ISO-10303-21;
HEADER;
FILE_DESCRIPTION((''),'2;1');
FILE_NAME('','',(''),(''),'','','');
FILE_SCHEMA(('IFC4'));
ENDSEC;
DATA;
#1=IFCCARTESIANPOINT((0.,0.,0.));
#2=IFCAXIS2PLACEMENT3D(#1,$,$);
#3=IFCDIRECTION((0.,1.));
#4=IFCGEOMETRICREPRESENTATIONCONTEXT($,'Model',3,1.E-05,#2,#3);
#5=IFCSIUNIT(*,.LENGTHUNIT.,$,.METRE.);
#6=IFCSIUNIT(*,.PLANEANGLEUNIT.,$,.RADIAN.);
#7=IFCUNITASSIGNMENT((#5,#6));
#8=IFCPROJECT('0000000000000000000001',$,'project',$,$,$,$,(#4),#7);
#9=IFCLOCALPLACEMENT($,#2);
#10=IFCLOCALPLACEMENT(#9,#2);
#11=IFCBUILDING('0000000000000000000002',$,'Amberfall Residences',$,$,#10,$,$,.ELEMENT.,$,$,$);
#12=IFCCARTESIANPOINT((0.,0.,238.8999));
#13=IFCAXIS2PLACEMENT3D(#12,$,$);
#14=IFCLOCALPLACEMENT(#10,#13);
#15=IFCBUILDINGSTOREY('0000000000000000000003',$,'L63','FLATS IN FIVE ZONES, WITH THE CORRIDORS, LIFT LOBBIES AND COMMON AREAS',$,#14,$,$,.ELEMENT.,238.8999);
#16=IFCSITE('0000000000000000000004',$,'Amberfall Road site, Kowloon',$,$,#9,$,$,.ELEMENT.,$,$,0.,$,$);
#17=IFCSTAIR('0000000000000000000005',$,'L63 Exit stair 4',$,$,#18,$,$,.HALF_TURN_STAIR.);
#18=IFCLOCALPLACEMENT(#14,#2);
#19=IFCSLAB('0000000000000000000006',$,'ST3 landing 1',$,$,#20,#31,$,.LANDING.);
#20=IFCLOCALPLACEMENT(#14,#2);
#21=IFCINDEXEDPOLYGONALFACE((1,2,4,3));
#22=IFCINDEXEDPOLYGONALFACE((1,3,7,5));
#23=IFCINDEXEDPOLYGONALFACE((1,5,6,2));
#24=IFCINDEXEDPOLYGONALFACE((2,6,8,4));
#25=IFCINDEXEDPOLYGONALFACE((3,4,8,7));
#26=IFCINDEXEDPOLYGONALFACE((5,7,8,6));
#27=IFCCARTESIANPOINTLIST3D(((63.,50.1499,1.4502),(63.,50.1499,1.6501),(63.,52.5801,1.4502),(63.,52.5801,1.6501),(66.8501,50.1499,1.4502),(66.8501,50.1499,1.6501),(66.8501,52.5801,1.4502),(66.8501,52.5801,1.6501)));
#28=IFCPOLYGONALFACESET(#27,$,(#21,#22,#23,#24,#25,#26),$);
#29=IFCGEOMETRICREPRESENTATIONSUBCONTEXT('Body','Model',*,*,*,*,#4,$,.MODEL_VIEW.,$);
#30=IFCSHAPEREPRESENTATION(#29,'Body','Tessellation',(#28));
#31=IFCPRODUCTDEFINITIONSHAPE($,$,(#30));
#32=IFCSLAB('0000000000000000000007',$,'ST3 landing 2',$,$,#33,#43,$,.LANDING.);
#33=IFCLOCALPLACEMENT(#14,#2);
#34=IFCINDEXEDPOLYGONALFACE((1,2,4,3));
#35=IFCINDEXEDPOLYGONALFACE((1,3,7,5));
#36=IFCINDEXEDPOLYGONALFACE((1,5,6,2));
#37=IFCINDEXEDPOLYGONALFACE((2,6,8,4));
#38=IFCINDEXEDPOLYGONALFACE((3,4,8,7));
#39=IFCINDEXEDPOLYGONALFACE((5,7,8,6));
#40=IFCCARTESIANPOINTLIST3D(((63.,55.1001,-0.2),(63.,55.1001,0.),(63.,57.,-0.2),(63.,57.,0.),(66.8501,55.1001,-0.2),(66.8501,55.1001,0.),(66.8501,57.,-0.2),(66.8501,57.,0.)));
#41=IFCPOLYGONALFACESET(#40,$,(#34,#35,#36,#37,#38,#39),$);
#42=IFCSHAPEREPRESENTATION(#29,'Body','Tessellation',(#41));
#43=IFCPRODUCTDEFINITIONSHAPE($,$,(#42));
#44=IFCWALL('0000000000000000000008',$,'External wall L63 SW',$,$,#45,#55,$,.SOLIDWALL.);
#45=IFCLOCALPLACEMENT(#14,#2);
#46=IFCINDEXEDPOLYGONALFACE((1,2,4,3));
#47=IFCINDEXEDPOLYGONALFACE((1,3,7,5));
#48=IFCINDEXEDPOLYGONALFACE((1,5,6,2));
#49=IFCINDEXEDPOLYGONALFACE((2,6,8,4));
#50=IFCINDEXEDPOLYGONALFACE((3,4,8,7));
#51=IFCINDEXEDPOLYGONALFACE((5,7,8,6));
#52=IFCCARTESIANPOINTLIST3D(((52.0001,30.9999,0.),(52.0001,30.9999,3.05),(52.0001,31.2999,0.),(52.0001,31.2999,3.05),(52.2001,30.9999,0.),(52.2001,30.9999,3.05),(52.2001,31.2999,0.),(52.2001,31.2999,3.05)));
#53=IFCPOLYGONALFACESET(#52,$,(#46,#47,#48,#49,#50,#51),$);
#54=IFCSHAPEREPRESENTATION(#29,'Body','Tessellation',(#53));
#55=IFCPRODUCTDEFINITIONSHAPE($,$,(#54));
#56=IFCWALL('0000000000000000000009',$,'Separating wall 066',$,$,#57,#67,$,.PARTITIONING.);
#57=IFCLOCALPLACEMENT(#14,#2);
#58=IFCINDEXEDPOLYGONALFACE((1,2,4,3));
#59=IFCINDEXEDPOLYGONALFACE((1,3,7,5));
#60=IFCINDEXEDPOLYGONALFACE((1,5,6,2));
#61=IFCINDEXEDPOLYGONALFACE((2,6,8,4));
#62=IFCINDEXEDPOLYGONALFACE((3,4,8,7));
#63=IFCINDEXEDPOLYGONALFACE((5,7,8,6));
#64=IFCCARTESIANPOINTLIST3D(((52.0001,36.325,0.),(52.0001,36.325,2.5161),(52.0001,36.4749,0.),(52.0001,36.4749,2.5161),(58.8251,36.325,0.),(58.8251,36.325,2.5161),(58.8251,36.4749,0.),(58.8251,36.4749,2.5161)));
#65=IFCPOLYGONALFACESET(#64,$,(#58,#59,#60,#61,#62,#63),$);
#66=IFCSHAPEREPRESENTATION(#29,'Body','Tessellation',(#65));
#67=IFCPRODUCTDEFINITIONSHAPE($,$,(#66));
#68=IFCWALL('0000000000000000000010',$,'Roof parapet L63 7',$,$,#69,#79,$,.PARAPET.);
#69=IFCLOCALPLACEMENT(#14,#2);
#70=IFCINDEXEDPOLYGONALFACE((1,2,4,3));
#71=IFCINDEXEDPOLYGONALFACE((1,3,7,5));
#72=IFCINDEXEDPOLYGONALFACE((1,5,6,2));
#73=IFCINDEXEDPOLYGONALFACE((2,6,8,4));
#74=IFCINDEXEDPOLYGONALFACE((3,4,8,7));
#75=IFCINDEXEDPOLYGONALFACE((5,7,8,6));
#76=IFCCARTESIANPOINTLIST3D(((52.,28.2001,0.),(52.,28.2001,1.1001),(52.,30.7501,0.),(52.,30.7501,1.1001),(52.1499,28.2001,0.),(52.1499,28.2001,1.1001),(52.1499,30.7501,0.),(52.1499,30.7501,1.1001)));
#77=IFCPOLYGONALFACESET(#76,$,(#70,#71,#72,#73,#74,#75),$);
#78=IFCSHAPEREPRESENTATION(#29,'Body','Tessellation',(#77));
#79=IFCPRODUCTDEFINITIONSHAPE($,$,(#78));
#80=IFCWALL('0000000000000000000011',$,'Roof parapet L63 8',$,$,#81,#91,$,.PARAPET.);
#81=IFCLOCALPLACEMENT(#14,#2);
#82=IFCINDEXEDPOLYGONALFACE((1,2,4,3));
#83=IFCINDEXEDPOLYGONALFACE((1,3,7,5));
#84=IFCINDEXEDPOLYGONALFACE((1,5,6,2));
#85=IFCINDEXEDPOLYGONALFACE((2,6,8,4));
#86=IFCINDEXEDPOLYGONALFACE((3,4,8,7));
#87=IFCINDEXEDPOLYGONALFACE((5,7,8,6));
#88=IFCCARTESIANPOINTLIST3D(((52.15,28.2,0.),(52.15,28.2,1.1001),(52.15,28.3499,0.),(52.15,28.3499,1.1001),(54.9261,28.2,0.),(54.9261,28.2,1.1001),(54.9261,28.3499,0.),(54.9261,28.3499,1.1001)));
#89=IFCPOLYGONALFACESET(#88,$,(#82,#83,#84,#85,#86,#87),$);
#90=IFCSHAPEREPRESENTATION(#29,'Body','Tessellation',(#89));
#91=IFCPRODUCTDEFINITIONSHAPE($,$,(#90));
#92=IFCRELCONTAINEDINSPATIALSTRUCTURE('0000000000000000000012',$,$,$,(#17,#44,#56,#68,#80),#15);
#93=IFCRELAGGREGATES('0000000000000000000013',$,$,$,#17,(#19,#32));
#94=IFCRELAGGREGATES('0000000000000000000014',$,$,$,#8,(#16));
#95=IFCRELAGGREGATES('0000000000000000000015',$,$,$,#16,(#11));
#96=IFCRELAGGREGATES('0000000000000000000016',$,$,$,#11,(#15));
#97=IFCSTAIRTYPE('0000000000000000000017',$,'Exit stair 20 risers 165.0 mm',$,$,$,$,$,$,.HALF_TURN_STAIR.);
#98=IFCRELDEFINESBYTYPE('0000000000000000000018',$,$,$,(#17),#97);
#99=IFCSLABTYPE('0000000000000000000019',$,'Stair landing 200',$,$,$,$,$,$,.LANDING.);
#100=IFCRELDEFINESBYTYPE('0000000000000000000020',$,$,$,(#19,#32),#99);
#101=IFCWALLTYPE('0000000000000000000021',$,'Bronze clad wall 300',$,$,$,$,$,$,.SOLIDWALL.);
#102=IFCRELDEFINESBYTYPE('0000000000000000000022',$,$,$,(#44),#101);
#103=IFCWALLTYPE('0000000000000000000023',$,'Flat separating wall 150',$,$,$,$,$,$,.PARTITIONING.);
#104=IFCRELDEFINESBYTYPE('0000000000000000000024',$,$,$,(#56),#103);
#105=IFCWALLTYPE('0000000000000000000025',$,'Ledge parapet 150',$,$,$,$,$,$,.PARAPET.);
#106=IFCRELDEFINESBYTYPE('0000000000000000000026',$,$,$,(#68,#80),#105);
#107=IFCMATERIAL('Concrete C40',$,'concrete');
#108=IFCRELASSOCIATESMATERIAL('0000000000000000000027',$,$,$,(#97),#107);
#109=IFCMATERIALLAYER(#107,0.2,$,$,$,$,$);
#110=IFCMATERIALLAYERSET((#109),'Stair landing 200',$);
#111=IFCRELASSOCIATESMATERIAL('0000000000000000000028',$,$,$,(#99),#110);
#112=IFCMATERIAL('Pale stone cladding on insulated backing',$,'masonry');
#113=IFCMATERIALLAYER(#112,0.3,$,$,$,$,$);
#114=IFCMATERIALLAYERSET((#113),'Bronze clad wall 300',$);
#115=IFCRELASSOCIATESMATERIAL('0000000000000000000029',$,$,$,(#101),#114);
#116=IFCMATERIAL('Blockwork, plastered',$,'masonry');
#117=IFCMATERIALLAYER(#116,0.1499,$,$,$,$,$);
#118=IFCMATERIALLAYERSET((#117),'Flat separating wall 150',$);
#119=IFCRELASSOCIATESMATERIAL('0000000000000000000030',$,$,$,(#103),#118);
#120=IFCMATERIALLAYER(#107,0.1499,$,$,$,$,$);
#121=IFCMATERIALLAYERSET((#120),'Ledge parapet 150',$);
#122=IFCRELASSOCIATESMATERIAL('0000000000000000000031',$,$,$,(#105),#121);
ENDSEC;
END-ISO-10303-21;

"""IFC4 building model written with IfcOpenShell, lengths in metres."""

from ifc_helpers import new_model, si_unit, direction, frame, frame_2d, origin, place, context, subcontext, project, spatial, polyline, rectangle, outline, extrude, material, layer, layer_set, type_object, element, aggregate, save


model = new_model("IFC4")

# Units and contexts
model_context = context("Model", 3, precision=1e-05, world=origin(), true_north=direction((0.0, 1.0)))
body_context = subcontext(model_context, "Body", "Model", "MODEL_VIEW")
ifc_project = project(units=[si_unit("LENGTHUNIT", "METRE"), si_unit("PLANEANGLEUNIT", "RADIAN")], contexts=[model_context])

# Site, building, storey
site_placement = place(None, origin())
site = spatial("IfcSite", under=ifc_project, at=site_placement, Name="Amberfall Road site, Kowloon", CompositionType="ELEMENT", RefElevation=0.0)
building_placement = place(site_placement, origin())
building = spatial("IfcBuilding", under=site, at=building_placement, Name="Amberfall Residences", CompositionType="ELEMENT")
storey_placement = place(building_placement, frame((0.0, 0.0, 238.8999)))
storey = spatial("IfcBuildingStorey", under=building, at=storey_placement, Name="L63", Description="FLATS IN FIVE ZONES, WITH THE CORRIDORS, LIFT LOBBIES AND COMMON AREAS", CompositionType="ELEMENT", Elevation=238.8999)

# Stair, slabs
ifc_material_1 = material(Name="Concrete C40", Category="concrete")
stair_type = type_object("IfcStairType", Name="Exit stair 20 risers 165.0 mm", PredefinedType="HALF_TURN_STAIR", material=ifc_material_1)
ifc_layer_1 = layer(ifc_material_1, 0.2)
ifc_layer_set_1 = layer_set([ifc_layer_1], Name="Stair landing 200")
slab_type_1 = type_object("IfcSlabType", Name="Stair landing 200", PredefinedType="LANDING", material=ifc_layer_set_1)
stair_1_placement = place(storey_placement, origin())
stair_1 = element("IfcStair", 1, at=stair_1_placement, inside=storey, type_object=stair_type, Name="L63 Exit stair 4", PredefinedType="HALF_TURN_STAIR")
slab_1_placement = place(storey_placement, frame((0.0, 0.0, 1.4502)))
slab_1 = element("IfcSlab", 2, at=slab_1_placement, type_object=slab_type_1, Name="ST3 landing 1", PredefinedType="LANDING", context=body_context, shape_type="SweptSolid", body=[
    extrude(outline(polyline([(63.0, 52.5801), (63.0, 50.1499), (66.8501, 50.1499), (66.8501, 52.5801), (63.0, 52.5801)])), origin(), (0.0, 0.0, 1.0), 0.2),
])
slab_2_placement = place(storey_placement, frame((0.0, 0.0, -0.2)))
slab_2 = element("IfcSlab", 3, at=slab_2_placement, type_object=slab_type_1, Name="ST3 landing 2", PredefinedType="LANDING", context=body_context, shape_type="SweptSolid", body=[
    extrude(outline(polyline([(63.0, 57.0), (63.0, 55.1001), (66.8501, 55.1001), (66.8501, 57.0), (63.0, 57.0)])), origin(), (0.0, 0.0, 1.0), 0.2),
])
aggregate(stair_1, [slab_1, slab_2])

# Walls
ifc_material_2 = material(Name="Pale stone cladding on insulated backing", Category="masonry")
ifc_layer_2 = layer(ifc_material_2, 0.3)
ifc_layer_set_2 = layer_set([ifc_layer_2], Name="Bronze clad wall 300")
wall_type_1 = type_object("IfcWallType", Name="Bronze clad wall 300", PredefinedType="SOLIDWALL", material=ifc_layer_set_2)
wall_1_placement = place(storey_placement, frame((52.0, 31.1499, 0.0), z_axis=(0.0, 0.0, 1.0), x_axis=(1.0, 0.0, 0.0)))
element("IfcWall", 4, at=wall_1_placement, inside=storey, type_object=wall_type_1, Name="External wall L63 SW", PredefinedType="SOLIDWALL", context=body_context, shape_type="SweptSolid", body=[
    extrude(rectangle(XDim=0.2, YDim=0.3, at=frame_2d((0.1001, 0.0))), origin(), (0.0, 0.0, 1.0), 3.05),
])
ifc_material_3 = material(Name="Blockwork, plastered", Category="masonry")
ifc_layer_3 = layer(ifc_material_3, 0.1499)
ifc_layer_set_3 = layer_set([ifc_layer_3], Name="Flat separating wall 150")
wall_type_2 = type_object("IfcWallType", Name="Flat separating wall 150", PredefinedType="PARTITIONING", material=ifc_layer_set_3)
wall_2_placement = place(storey_placement, frame((52.0, 36.3999, 0.0), z_axis=(0.0, 0.0, 1.0), x_axis=(1.0, 0.0, 0.0)))
element("IfcWall", 5, at=wall_2_placement, inside=storey, type_object=wall_type_2, Name="Separating wall 066", PredefinedType="PARTITIONING", context=body_context, shape_type="SweptSolid", body=[
    extrude(rectangle(XDim=6.825, YDim=0.1499, at=frame_2d((3.4126, 0.0))), origin(), (0.0, 0.0, 1.0), 2.5161),
])
ifc_layer_4 = layer(ifc_material_1, 0.1499)
ifc_layer_set_4 = layer_set([ifc_layer_4], Name="Ledge parapet 150")
wall_type_3 = type_object("IfcWallType", Name="Ledge parapet 150", PredefinedType="PARAPET", material=ifc_layer_set_4)
wall_3_placement = place(storey_placement, frame((52.075, 30.75, 0.0), z_axis=(0.0, 0.0, 1.0), x_axis=(0.0, -1.0, 0.0)))
element("IfcWall", 6, at=wall_3_placement, inside=storey, type_object=wall_type_3, Name="Roof parapet L63 7", PredefinedType="PARAPET", context=body_context, shape_type="SweptSolid", body=[
    extrude(rectangle(XDim=2.55, YDim=0.1499, at=frame_2d((1.2749, 0.0))), origin(), (0.0, 0.0, 1.0), 1.1001),
])
wall_4_placement = place(storey_placement, frame((52.1499, 28.2749, 0.0), z_axis=(0.0, 0.0, 1.0), x_axis=(1.0, 0.0, 0.0)))
element("IfcWall", 7, at=wall_4_placement, inside=storey, type_object=wall_type_3, Name="Roof parapet L63 8", PredefinedType="PARAPET", context=body_context, shape_type="SweptSolid", body=[
    extrude(rectangle(XDim=2.7761, YDim=0.1499, at=frame_2d((1.3882, 0.0))), origin(), (0.0, 0.0, 1.0), 1.1001),
])

save(model, "model.ifc")
